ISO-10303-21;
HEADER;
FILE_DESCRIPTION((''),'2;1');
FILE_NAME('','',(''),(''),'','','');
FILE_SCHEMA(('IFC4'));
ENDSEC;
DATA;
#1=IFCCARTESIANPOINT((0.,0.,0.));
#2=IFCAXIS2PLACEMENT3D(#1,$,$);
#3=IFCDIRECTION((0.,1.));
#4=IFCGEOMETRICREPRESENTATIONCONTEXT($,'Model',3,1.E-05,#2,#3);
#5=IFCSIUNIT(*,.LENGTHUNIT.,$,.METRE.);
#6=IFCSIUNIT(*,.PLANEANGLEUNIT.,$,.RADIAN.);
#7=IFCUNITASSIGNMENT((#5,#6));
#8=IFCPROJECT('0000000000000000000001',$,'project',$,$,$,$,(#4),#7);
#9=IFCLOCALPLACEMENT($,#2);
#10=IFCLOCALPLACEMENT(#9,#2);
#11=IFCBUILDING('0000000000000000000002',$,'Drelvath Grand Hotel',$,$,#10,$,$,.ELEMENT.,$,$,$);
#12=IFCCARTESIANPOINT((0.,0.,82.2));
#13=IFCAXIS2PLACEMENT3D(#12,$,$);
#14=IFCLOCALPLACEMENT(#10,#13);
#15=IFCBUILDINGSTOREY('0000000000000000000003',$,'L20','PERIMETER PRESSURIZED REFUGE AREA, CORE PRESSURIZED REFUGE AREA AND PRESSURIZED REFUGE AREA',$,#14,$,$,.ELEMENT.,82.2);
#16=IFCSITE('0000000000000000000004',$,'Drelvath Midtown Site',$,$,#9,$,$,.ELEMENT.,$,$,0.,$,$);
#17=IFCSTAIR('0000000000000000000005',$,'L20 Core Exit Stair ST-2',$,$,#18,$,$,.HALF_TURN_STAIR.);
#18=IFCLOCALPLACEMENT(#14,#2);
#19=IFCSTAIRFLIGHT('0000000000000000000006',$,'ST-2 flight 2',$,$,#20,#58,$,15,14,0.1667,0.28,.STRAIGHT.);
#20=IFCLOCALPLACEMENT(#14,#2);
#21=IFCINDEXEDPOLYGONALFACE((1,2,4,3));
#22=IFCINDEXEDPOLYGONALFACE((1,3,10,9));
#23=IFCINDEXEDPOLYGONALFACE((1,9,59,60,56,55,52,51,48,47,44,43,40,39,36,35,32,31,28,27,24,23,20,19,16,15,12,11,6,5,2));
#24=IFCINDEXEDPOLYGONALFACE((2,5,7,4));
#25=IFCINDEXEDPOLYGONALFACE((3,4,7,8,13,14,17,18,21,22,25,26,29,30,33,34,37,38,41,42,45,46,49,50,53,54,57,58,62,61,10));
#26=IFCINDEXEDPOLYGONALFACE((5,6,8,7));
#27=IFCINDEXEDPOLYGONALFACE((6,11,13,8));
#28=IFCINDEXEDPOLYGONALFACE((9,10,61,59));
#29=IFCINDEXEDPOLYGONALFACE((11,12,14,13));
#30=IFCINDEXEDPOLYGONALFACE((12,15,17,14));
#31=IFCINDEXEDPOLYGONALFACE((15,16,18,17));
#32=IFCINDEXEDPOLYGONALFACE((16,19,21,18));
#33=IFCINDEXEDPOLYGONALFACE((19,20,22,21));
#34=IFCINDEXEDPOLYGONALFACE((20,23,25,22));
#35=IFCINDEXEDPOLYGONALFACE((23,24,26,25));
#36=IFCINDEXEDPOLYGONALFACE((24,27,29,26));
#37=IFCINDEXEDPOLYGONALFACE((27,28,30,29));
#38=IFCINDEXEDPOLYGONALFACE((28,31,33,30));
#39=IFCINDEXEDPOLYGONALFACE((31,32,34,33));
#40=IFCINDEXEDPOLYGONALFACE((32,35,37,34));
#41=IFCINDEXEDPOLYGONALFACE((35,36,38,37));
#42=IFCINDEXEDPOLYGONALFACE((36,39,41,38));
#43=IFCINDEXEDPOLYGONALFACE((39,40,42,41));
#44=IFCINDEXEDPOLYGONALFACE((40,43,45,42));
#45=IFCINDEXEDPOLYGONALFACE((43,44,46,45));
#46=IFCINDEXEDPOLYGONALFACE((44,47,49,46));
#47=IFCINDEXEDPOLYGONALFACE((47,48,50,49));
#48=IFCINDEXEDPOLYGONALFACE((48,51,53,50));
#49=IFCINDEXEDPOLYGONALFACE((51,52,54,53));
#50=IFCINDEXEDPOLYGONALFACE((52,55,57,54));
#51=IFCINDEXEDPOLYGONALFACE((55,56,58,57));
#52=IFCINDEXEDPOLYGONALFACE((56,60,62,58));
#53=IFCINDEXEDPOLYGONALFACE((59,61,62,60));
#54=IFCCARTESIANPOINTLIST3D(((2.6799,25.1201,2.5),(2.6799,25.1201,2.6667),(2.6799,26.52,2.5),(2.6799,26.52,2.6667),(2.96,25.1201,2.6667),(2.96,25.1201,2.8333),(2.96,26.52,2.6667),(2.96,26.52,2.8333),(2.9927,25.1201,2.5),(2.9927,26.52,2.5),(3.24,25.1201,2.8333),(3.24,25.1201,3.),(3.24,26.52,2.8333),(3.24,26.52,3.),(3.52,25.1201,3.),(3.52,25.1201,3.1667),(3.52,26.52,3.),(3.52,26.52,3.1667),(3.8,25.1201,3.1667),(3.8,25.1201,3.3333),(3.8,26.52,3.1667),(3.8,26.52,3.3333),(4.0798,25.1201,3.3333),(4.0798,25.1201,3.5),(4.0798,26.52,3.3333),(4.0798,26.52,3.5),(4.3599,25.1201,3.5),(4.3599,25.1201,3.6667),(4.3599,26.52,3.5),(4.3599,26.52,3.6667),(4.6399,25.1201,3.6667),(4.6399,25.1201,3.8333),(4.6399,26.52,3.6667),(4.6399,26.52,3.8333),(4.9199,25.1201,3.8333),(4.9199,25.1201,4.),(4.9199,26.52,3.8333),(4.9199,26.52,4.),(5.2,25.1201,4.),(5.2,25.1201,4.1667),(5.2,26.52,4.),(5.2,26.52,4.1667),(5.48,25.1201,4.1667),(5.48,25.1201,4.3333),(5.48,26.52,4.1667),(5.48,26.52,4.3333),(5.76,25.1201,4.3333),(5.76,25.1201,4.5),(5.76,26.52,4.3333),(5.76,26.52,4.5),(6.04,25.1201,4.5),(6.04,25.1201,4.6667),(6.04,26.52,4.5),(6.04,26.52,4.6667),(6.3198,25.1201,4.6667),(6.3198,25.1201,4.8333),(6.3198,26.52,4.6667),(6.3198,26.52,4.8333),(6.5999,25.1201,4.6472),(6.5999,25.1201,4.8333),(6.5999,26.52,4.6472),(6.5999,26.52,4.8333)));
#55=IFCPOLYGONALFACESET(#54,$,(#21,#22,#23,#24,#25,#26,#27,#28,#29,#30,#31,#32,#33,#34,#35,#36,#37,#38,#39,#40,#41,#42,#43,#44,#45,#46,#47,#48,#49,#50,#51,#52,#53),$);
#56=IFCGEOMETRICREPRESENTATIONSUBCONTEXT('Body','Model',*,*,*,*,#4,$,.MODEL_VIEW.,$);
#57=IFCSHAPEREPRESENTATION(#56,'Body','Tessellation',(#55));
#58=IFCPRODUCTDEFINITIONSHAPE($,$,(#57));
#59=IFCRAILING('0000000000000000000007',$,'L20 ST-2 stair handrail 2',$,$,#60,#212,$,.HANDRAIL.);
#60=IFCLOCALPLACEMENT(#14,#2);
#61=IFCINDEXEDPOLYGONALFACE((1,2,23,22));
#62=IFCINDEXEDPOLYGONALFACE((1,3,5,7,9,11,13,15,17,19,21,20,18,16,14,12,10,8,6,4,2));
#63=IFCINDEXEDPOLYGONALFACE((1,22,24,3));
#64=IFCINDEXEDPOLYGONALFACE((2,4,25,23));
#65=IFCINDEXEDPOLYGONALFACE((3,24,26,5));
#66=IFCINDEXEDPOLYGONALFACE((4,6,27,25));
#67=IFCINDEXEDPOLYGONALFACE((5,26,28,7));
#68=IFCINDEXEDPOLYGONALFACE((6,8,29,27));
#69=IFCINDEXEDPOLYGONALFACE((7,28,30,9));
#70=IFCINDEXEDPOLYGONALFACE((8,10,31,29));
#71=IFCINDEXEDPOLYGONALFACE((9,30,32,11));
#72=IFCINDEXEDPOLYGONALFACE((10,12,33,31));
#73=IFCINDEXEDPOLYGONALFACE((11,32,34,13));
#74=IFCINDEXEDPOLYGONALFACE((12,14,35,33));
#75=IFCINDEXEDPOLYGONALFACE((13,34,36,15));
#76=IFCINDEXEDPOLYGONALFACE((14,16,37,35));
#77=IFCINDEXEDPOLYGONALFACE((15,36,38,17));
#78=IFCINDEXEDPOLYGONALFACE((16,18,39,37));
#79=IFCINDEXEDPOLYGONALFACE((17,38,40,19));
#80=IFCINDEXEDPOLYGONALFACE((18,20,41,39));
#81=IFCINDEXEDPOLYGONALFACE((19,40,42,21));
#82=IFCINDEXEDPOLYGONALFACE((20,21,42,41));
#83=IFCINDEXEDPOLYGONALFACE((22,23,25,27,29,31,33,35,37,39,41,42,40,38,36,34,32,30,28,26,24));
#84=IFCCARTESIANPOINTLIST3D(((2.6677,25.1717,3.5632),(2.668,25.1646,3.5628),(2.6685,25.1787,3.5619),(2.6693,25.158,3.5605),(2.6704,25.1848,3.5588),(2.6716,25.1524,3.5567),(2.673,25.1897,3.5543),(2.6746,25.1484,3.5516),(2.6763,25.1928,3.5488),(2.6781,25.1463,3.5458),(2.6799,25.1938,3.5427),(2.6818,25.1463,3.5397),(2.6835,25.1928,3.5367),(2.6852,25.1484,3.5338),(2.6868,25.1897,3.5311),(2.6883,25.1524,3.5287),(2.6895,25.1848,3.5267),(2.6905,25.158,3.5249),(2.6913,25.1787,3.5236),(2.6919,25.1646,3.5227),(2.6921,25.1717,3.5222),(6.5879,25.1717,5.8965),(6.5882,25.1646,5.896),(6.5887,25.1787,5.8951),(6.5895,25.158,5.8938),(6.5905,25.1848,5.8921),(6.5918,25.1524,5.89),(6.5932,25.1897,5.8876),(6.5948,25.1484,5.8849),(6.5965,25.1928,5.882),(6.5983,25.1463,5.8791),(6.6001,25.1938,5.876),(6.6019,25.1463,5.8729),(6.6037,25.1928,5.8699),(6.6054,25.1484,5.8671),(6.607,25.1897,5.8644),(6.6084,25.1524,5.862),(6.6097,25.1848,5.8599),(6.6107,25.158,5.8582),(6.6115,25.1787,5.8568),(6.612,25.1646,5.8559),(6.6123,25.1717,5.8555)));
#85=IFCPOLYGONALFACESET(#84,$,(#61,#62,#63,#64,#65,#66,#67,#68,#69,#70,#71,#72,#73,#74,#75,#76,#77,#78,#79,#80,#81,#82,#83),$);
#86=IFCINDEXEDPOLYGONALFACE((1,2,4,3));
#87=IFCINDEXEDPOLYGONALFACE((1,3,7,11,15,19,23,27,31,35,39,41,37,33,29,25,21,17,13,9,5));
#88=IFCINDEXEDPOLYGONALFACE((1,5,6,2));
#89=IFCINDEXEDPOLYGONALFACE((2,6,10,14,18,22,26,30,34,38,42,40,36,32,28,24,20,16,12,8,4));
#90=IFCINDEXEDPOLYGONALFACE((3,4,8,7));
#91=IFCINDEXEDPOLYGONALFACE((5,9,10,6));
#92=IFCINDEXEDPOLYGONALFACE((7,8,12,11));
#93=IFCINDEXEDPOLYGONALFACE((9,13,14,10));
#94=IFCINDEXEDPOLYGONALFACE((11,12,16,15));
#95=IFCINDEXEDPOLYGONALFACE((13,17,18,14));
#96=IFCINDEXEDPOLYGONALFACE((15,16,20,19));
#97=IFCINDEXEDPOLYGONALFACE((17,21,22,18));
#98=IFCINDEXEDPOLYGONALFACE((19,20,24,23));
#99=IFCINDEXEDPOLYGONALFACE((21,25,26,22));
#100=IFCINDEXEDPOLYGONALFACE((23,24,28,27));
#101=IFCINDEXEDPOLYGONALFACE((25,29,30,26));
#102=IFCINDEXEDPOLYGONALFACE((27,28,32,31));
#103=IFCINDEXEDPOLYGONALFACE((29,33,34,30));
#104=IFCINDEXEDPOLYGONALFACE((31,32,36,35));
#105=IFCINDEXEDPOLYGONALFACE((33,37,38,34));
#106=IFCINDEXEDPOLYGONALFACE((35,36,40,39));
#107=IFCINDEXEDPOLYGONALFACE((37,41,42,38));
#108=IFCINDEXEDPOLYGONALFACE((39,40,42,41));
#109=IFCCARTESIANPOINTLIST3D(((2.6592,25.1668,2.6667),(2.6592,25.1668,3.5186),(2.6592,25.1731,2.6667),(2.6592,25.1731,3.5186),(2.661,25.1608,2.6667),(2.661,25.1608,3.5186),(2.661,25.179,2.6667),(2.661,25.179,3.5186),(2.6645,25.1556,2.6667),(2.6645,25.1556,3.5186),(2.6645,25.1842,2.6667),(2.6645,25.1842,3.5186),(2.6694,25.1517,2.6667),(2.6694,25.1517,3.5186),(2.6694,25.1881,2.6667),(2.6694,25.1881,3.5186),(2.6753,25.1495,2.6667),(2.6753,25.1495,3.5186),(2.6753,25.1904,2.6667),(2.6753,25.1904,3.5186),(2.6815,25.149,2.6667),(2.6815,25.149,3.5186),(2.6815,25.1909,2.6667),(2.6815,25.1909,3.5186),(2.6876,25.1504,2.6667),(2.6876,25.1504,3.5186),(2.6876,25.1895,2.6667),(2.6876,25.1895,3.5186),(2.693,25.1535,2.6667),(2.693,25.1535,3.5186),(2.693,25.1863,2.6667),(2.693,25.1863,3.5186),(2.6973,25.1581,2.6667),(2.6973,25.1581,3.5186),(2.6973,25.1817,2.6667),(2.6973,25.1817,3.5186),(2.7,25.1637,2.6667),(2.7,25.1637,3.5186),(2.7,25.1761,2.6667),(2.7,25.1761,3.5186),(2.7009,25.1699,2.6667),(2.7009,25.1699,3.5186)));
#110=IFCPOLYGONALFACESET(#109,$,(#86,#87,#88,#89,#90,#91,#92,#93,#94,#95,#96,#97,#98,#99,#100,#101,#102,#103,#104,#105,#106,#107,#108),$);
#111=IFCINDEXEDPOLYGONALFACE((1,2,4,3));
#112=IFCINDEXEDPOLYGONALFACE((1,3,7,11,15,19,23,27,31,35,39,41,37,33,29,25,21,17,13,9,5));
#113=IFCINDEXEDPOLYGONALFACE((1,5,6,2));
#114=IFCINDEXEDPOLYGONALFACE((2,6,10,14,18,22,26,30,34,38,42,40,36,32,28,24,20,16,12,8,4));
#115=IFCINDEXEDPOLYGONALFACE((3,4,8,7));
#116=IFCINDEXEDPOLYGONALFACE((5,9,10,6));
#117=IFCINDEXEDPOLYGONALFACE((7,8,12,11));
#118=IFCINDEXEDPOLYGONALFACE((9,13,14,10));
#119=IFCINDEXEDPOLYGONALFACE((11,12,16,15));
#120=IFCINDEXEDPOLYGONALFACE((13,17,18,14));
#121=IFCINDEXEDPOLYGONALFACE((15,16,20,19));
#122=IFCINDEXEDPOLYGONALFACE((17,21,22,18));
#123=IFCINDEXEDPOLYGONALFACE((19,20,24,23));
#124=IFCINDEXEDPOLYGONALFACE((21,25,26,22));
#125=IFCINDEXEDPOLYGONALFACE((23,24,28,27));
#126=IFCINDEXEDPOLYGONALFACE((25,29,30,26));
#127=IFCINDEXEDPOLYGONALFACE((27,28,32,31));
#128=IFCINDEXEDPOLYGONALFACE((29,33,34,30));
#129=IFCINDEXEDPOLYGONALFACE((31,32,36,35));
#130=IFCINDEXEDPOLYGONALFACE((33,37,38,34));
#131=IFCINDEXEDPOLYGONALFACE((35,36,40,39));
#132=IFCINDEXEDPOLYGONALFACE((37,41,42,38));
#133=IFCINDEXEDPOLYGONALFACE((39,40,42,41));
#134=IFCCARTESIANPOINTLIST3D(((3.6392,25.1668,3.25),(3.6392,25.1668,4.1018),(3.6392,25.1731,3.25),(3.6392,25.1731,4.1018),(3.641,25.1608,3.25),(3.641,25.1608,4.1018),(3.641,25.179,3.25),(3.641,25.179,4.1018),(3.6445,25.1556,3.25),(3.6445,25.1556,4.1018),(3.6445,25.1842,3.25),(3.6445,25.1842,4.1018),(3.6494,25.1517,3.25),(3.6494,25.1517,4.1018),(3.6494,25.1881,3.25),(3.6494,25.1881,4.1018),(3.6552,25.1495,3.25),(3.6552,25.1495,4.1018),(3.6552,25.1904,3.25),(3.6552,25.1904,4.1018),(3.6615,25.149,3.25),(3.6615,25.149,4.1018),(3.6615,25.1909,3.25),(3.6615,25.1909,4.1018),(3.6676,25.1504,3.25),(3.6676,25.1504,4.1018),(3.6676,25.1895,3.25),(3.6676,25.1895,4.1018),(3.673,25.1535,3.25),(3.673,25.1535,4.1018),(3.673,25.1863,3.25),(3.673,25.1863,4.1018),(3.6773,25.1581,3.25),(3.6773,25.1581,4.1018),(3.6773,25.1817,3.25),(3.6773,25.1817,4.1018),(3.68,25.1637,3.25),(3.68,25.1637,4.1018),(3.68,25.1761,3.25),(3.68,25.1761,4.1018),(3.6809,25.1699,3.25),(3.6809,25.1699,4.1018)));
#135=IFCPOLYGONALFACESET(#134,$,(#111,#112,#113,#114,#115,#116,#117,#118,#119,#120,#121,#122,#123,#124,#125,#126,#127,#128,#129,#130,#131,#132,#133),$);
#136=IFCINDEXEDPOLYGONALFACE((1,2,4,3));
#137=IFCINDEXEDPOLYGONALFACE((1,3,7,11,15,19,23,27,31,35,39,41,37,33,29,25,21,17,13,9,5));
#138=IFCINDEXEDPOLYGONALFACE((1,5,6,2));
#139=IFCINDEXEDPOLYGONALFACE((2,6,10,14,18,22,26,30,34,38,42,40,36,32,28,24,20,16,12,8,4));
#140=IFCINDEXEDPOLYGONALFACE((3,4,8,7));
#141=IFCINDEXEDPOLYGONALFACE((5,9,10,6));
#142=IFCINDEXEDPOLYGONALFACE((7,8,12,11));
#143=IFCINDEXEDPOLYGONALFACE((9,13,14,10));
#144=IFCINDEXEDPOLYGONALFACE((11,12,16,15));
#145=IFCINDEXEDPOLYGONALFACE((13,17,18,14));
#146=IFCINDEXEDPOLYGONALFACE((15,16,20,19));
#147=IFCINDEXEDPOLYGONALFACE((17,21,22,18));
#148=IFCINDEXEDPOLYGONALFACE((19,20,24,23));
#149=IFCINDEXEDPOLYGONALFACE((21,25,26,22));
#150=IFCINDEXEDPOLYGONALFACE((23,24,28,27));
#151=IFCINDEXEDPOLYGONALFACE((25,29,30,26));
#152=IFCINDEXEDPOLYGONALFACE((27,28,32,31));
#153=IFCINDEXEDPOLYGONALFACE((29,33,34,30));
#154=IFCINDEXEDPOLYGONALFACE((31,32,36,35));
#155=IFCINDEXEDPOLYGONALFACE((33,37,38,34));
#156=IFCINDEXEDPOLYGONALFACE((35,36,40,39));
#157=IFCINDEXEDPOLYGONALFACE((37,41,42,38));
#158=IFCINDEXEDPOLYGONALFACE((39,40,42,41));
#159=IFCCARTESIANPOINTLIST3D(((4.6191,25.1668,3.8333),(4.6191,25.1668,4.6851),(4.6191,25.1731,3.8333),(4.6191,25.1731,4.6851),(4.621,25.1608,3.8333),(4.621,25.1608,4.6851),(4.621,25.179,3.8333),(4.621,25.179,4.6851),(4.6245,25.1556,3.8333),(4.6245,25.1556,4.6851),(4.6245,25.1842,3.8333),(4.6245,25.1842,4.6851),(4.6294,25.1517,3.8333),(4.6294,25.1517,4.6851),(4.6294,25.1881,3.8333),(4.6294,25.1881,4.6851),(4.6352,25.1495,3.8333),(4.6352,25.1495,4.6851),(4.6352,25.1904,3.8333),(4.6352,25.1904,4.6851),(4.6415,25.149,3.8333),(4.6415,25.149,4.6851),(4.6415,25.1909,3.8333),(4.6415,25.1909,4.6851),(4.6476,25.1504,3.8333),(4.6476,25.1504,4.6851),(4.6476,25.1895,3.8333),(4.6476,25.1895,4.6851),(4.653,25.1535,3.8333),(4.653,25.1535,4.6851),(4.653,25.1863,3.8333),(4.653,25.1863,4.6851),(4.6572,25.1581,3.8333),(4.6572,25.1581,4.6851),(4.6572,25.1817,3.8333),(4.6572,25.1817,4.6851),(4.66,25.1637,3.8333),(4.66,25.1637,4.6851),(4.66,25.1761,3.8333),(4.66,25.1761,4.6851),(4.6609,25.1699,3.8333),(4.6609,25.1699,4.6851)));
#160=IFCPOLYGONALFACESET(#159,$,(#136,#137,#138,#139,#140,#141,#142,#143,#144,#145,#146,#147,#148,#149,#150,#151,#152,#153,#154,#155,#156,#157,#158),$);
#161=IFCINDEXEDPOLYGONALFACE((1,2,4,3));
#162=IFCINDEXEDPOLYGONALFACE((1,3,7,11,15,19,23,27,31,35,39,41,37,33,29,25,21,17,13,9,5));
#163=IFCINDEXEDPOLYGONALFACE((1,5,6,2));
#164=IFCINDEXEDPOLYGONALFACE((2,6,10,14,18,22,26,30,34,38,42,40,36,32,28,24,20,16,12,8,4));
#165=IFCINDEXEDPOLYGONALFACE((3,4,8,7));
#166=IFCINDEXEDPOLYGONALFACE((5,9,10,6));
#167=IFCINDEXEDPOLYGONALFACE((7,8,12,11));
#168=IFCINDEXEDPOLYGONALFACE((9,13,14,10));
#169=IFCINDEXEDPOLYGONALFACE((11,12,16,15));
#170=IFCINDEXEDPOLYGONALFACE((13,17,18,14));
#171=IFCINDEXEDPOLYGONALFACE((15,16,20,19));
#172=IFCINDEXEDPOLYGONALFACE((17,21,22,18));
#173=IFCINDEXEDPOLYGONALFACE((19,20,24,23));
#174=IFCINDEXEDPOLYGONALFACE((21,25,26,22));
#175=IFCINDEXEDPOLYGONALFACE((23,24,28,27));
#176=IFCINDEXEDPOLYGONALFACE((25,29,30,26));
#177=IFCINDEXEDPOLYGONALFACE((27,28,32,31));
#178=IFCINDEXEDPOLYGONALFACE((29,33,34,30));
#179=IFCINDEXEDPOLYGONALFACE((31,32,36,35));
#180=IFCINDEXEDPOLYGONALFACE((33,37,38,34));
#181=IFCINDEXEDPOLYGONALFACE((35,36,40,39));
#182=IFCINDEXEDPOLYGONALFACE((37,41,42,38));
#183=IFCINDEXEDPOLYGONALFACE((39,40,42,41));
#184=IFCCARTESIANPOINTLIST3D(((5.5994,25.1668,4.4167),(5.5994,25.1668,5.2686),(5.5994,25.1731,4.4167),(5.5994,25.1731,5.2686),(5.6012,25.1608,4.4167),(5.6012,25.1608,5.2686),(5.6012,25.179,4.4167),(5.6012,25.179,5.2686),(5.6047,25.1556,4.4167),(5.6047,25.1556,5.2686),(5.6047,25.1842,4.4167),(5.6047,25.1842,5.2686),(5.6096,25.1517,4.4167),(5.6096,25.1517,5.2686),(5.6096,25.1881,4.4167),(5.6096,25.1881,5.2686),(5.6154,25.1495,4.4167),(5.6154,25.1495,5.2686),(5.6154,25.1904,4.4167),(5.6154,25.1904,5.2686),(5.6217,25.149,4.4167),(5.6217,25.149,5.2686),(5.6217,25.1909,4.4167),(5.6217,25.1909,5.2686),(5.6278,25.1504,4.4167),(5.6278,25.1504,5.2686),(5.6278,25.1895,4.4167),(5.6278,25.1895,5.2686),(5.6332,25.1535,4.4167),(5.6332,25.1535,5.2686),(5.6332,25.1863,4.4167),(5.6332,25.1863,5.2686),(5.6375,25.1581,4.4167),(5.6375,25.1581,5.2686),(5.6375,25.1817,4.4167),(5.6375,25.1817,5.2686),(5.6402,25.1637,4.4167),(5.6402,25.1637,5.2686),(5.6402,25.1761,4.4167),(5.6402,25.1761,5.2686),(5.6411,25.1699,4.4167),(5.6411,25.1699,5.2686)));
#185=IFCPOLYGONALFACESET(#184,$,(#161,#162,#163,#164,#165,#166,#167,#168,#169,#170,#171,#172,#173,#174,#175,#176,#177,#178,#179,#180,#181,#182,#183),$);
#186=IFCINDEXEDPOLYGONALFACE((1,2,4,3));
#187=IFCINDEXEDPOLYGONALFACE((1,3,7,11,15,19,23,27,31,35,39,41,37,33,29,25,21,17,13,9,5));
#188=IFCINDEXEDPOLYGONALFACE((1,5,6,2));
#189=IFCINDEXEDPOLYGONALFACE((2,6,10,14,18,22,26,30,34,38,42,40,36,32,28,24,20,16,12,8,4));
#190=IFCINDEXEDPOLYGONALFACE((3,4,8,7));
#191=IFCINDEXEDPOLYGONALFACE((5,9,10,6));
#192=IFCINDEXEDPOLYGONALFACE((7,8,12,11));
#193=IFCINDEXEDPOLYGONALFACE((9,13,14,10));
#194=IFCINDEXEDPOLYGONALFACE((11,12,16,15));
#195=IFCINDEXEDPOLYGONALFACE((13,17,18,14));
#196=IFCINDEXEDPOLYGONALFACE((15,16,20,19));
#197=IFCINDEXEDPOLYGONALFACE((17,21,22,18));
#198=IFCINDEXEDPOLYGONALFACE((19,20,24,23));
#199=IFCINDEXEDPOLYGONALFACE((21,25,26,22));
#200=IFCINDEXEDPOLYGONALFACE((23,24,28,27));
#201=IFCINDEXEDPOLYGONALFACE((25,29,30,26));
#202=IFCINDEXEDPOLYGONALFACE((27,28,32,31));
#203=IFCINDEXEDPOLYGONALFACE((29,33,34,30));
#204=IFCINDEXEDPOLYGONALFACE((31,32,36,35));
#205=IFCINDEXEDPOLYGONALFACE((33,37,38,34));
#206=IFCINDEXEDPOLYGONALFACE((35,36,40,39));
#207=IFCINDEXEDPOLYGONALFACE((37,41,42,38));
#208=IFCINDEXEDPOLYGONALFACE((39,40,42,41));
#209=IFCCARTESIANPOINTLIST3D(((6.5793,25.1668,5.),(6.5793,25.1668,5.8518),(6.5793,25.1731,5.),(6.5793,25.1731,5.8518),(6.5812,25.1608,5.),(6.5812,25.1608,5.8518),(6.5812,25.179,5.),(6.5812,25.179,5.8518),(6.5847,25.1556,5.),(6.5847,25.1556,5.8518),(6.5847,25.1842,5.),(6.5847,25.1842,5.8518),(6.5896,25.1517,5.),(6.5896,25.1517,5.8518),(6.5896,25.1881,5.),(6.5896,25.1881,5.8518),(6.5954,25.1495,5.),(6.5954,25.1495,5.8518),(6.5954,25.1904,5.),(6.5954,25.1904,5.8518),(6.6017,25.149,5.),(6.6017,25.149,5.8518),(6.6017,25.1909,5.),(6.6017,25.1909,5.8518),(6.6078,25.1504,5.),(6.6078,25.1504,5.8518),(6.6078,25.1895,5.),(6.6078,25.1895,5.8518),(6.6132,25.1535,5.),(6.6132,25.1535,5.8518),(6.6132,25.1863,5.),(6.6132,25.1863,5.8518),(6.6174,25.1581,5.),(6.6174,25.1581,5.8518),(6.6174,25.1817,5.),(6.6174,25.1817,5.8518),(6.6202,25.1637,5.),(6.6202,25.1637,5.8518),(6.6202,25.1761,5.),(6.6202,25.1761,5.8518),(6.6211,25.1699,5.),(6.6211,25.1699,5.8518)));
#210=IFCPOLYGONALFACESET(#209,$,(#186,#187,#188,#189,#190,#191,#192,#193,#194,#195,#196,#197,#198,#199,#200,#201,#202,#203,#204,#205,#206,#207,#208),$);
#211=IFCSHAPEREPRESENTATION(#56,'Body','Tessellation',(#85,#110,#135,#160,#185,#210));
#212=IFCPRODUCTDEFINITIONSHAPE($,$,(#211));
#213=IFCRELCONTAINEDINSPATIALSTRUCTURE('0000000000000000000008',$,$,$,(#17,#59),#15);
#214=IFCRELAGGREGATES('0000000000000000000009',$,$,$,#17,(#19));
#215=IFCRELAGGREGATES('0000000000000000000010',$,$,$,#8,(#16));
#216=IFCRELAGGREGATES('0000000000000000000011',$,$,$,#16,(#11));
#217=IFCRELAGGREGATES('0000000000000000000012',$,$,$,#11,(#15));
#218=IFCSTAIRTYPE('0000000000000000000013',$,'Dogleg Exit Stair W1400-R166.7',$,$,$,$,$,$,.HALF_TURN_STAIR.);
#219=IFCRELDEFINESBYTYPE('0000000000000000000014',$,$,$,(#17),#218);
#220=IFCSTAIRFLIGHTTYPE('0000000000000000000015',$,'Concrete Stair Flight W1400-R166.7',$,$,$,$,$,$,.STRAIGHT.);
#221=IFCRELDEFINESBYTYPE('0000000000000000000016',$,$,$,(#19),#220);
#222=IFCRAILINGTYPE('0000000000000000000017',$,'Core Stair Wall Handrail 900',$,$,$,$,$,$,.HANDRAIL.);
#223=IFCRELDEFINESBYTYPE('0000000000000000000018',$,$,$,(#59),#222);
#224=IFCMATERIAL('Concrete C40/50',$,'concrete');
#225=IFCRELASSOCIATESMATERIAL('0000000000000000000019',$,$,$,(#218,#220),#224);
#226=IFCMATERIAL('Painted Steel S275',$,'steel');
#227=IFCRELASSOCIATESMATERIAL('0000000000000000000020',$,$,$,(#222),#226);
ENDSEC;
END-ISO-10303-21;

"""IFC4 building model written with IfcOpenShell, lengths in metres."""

from ifc_helpers import new_model, si_unit, direction, frame, origin, origin_2d, place, context, subcontext, project, spatial, polyline, circle, outline, extrude, material, type_object, element, aggregate, save


model = new_model("IFC4")

# Units and contexts
model_context = context("Model", 3, precision=1e-05, world=origin(), true_north=direction((0.0, 1.0)))
body_context = subcontext(model_context, "Body", "Model", "MODEL_VIEW")
ifc_project = project(units=[si_unit("LENGTHUNIT", "METRE"), si_unit("PLANEANGLEUNIT", "RADIAN")], contexts=[model_context])

# Site, building, storey
site_placement = place(None, origin())
site = spatial("IfcSite", under=ifc_project, at=site_placement, Name="Drelvath Midtown Site", CompositionType="ELEMENT", RefElevation=0.0)
building_placement = place(site_placement, origin())
building = spatial("IfcBuilding", under=site, at=building_placement, Name="Drelvath Grand Hotel", CompositionType="ELEMENT")
storey_placement = place(building_placement, frame((0.0, 0.0, 82.2)))
storey = spatial("IfcBuildingStorey", under=building, at=storey_placement, Name="L20", Description="PERIMETER PRESSURIZED REFUGE AREA, CORE PRESSURIZED REFUGE AREA AND PRESSURIZED REFUGE AREA", CompositionType="ELEMENT", Elevation=82.2)

# Shared definitions
ifc_material_1 = material(Name="Painted Steel S275", Category="steel")

# Shared definitions
ifc_material_2 = material(Name="Concrete C40/50", Category="concrete")

# Stair, stair flight
stair_type = type_object("IfcStairType", Name="Dogleg Exit Stair W1400-R166.7", PredefinedType="HALF_TURN_STAIR", material=ifc_material_2)
stair_placement = place(storey_placement, origin())
stair = element("IfcStair", 1, at=stair_placement, inside=storey, type_object=stair_type, Name="L20 Core Exit Stair ST-2", PredefinedType="HALF_TURN_STAIR")
stair_flight_type = type_object("IfcStairFlightType", Name="Concrete Stair Flight W1400-R166.7", PredefinedType="STRAIGHT", material=ifc_material_2)
stair_flight_placement = place(storey_placement, frame((2.6799, 25.8201, 2.5), z_axis=(0.0, 0.0, 1.0), x_axis=(1.0, 0.0, 0.0)))
stair_flight = element("IfcStairFlight", 2, at=stair_flight_placement, type_object=stair_flight_type, Name="ST-2 flight 2", NumberOfRisers=15, NumberOfTreads=14, PredefinedType="STRAIGHT", RiserHeight=0.1667, TreadLength=0.28, context=body_context, shape_type="SweptSolid", body=[
    extrude(outline(polyline([(0.0, 0.0), (0.0, 0.1667), (0.28, 0.1667), (0.28, 0.3333), (0.5601, 0.3333), (0.5601, 0.5), (0.8401, 0.5), (0.8401, 0.6667), (1.1201, 0.6667), (1.1201, 0.8333), (1.3999, 0.8333), (1.3999, 1.0), (1.6799, 1.0), (1.6799, 1.1667), (1.96, 1.1667), (1.96, 1.3333), (2.24, 1.3333), (2.24, 1.5), (2.52, 1.5), (2.52, 1.6667), (2.8, 1.6667), (2.8, 1.8333), (3.0801, 1.8333), (3.0801, 2.0), (3.3601, 2.0), (3.3601, 2.1667), (3.6399, 2.1667), (3.6399, 2.3333), (3.9199, 2.3333), (3.9199, 2.5), (3.9199, 2.1472), (0.3127, 0.0), (0.0, 0.0)])), frame((0.0, 0.7, 0.0), z_axis=(0.0, -1.0, 0.0), x_axis=(1.0, 0.0, 0.0)), (0.0, 0.0, 1.0), 1.3999),
])
aggregate(stair, [stair_flight])

# Railing
railing_type = type_object("IfcRailingType", Name="Core Stair Wall Handrail 900", PredefinedType="HANDRAIL", material=ifc_material_1)
railing_placement = place(storey_placement, frame((2.6799, 25.1699, 2.6667)))
element("IfcRailing", 3, at=railing_placement, inside=storey, type_object=railing_type, Name="L20 ST-2 stair handrail 2", PredefinedType="HANDRAIL", context=body_context, shape_type="SweptSolid", body=[
    extrude(circle(Radius=0.0239, at=origin_2d()), frame((0.0, 0.0, 0.876), z_axis=(0.85931, 0.0, 0.511455), x_axis=(0.0, 1.0, 0.0)), (0.0, 0.0, 1.0), 4.562),
    extrude(circle(Radius=0.021, at=origin_2d()), origin(), (0.0, 0.0, 1.0), 0.8518),
    extrude(circle(Radius=0.021, at=origin_2d()), frame((0.98, 0.0, 0.5833)), (0.0, 0.0, 1.0), 0.8518),
    extrude(circle(Radius=0.021, at=origin_2d()), frame((1.96, 0.0, 1.1665)), (0.0, 0.0, 1.0), 0.8518),
    extrude(circle(Radius=0.021, at=origin_2d()), frame((2.9402, 0.0, 1.75)), (0.0, 0.0, 1.0), 0.8518),
    extrude(circle(Radius=0.021, at=origin_2d()), frame((3.9202, 0.0, 2.3333)), (0.0, 0.0, 1.0), 0.8518),
])

save(model, "model.ifc")
